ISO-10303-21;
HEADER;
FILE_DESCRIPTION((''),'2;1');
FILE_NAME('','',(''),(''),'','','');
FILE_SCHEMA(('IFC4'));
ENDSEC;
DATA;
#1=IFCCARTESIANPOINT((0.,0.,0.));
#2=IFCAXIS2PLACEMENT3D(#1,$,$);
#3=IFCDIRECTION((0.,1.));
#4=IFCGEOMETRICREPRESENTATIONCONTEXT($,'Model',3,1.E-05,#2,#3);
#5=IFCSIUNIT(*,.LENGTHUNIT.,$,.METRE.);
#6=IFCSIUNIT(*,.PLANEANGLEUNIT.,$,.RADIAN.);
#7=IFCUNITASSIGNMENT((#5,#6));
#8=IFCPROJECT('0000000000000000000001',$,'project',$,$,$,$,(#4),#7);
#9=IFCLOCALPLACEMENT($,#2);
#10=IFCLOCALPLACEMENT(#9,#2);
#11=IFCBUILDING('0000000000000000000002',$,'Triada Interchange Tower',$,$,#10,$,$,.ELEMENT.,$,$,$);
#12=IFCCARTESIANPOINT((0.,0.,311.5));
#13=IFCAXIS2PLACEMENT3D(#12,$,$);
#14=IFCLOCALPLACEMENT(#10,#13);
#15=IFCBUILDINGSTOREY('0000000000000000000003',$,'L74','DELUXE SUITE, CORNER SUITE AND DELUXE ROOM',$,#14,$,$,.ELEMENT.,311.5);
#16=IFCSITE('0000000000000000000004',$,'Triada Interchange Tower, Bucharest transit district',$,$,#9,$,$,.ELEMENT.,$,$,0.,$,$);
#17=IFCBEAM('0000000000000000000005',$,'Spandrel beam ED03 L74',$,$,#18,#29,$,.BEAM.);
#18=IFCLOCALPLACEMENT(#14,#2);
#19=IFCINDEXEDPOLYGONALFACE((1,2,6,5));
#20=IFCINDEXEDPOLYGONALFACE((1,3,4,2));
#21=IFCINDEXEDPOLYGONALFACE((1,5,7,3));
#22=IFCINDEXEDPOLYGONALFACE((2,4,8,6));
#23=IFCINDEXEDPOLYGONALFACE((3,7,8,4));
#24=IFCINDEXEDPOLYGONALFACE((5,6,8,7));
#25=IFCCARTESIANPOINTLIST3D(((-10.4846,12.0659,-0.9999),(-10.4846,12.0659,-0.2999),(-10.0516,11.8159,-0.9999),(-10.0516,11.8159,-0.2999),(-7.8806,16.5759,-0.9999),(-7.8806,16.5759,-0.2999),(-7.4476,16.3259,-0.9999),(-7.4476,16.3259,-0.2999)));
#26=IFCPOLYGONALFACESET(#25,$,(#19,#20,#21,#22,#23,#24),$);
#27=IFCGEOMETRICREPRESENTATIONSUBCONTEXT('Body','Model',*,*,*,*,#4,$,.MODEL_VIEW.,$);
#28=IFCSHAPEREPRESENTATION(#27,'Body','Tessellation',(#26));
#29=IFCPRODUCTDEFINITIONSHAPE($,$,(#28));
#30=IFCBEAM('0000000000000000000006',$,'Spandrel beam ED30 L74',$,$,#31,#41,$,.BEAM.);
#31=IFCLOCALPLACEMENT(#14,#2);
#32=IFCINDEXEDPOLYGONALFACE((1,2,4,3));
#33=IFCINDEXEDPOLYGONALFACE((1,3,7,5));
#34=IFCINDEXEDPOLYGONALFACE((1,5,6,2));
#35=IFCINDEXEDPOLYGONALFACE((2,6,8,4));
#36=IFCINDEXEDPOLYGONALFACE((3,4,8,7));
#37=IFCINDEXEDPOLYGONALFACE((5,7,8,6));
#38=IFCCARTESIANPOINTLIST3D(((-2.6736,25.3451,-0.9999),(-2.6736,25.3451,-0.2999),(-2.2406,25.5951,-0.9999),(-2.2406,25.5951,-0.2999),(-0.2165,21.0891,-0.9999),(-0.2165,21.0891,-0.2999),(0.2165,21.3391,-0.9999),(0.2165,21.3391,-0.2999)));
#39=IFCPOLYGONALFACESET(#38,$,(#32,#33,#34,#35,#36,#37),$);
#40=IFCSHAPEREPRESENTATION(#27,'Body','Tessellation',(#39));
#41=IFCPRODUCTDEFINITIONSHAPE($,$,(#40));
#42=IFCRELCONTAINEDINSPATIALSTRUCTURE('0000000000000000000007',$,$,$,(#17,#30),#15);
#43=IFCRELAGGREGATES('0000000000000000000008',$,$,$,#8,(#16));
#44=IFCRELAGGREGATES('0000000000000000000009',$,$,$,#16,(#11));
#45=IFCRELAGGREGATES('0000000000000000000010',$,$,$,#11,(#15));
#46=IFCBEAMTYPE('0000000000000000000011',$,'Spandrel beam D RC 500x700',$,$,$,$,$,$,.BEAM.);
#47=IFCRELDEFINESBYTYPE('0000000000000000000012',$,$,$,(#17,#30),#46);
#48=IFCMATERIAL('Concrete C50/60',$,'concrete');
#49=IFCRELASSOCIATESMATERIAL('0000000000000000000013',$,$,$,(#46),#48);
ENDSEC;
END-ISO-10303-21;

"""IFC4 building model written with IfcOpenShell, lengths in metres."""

from ifc_helpers import new_model, si_unit, direction, frame, origin, origin_2d, place, context, subcontext, project, spatial, rectangle, extrude, material, material_profile, profile_set, type_object, element, save


model = new_model("IFC4")

# Units and contexts
model_context = context("Model", 3, precision=1e-05, world=origin(), true_north=direction((0.0, 1.0)))
body_context = subcontext(model_context, "Body", "Model", "MODEL_VIEW")
ifc_project = project(units=[si_unit("LENGTHUNIT", "METRE"), si_unit("PLANEANGLEUNIT", "RADIAN")], contexts=[model_context])

# Site, building, storey
site_placement = place(None, origin())
site = spatial("IfcSite", under=ifc_project, at=site_placement, Name="Triada Interchange Tower, Bucharest transit district", CompositionType="ELEMENT", RefElevation=0.0)
building_placement = place(site_placement, origin())
building = spatial("IfcBuilding", under=site, at=building_placement, Name="Triada Interchange Tower", CompositionType="ELEMENT")
storey_placement = place(building_placement, frame((0.0, 0.0, 311.5)))
storey = spatial("IfcBuildingStorey", under=building, at=storey_placement, Name="L74", Description="DELUXE SUITE, CORNER SUITE AND DELUXE ROOM", CompositionType="ELEMENT", Elevation=311.5)

# Beams
ifc_material_1 = material(Name="Concrete C50/60", Category="concrete")
ifc_material_profile_1 = material_profile(ifc_material_1, rectangle(XDim=0.5, YDim=0.7, at=origin_2d()), Name="RC 500x700")
ifc_profile_set_1 = profile_set([ifc_material_profile_1], Name="Concrete C50/60")
beam_type_1 = type_object("IfcBeamType", Name="Spandrel beam D RC 500x700", PredefinedType="BEAM", material=ifc_profile_set_1)
beam_1_placement = place(storey_placement, frame((-7.6641, 16.4509, -0.6499), z_axis=(-0.500021, -0.866013, 0.0), x_axis=(0.866013, -0.500021, 0.0)))
element("IfcBeam", 1, at=beam_1_placement, inside=storey, type_object=beam_type_1, Name="Spandrel beam ED03 L74", PredefinedType="BEAM", context=body_context, shape_type="SweptSolid", body=[
    extrude(rectangle(XDim=0.5, YDim=0.7, at=origin_2d()), origin(), (0.0, 0.0, 1.0), 5.2078),
])
beam_2_placement = place(storey_placement, frame((0.0, 21.2141, -0.6499), z_axis=(-0.499986, 0.866033, 0.0), x_axis=(-0.866033, -0.499986, 0.0)))
element("IfcBeam", 2, at=beam_2_placement, inside=storey, type_object=beam_type_1, Name="Spandrel beam ED30 L74", PredefinedType="BEAM", context=body_context, shape_type="SweptSolid", body=[
    extrude(rectangle(XDim=0.5, YDim=0.7, at=origin_2d()), origin(), (0.0, 0.0, 1.0), 4.9143),
])

save(model, "model.ifc")
